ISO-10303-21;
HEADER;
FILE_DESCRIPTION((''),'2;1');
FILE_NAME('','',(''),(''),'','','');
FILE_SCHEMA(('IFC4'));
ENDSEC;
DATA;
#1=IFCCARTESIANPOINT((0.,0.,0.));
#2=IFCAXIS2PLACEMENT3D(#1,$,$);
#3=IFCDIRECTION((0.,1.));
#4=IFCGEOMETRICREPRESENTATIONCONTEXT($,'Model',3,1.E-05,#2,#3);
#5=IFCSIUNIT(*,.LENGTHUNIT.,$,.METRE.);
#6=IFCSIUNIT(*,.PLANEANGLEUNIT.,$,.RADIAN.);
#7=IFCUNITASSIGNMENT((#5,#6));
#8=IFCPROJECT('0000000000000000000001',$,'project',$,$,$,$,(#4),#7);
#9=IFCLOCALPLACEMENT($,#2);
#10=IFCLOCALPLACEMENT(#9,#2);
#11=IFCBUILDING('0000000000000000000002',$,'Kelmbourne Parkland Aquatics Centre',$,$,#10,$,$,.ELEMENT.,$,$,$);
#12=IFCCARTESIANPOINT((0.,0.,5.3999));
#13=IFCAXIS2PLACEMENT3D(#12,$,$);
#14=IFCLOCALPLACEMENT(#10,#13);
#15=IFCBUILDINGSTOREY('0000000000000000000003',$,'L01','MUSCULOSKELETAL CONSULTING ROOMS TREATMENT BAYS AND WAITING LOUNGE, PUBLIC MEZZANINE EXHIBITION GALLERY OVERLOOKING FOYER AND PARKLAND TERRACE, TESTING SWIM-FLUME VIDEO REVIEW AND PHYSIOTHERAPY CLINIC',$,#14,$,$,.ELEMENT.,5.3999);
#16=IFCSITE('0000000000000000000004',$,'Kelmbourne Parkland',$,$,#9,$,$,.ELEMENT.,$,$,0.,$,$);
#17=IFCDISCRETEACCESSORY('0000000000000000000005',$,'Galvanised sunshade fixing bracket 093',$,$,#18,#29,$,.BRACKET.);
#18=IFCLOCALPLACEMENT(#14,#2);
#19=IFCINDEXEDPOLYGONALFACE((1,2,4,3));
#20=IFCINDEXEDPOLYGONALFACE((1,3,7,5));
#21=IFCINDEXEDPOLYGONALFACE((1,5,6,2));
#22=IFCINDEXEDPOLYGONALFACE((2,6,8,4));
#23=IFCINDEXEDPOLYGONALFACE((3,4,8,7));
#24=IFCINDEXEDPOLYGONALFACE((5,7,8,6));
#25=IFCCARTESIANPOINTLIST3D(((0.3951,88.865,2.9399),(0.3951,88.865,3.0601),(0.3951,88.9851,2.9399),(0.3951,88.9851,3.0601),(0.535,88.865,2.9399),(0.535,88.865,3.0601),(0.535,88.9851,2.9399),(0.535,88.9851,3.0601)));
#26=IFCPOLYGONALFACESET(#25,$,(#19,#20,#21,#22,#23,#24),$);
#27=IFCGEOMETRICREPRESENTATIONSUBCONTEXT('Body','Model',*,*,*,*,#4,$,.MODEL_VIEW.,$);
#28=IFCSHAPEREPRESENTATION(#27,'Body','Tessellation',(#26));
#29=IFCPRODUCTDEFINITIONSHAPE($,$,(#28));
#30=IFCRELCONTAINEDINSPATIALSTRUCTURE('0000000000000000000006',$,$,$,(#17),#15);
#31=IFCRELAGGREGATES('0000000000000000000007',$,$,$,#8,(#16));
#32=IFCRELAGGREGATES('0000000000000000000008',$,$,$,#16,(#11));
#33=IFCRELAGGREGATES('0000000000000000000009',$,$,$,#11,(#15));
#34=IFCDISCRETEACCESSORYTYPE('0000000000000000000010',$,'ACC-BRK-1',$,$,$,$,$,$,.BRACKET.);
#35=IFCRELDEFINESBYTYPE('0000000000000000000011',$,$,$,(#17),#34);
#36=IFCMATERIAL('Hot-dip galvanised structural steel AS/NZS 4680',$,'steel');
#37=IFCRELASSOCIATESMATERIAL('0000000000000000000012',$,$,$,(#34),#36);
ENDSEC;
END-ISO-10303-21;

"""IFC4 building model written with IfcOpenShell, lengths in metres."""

from ifc_helpers import new_model, si_unit, direction, frame, origin, origin_2d, place, context, subcontext, project, spatial, rectangle, extrude, material, type_object, element, save


model = new_model("IFC4")

# Units and contexts
model_context = context("Model", 3, precision=1e-05, world=origin(), true_north=direction((0.0, 1.0)))
body_context = subcontext(model_context, "Body", "Model", "MODEL_VIEW")
ifc_project = project(units=[si_unit("LENGTHUNIT", "METRE"), si_unit("PLANEANGLEUNIT", "RADIAN")], contexts=[model_context])

# Site, building, storey
site_placement = place(None, origin())
site = spatial("IfcSite", under=ifc_project, at=site_placement, Name="Kelmbourne Parkland", CompositionType="ELEMENT", RefElevation=0.0)
building_placement = place(site_placement, origin())
building = spatial("IfcBuilding", under=site, at=building_placement, Name="Kelmbourne Parkland Aquatics Centre", CompositionType="ELEMENT")
storey_placement = place(building_placement, frame((0.0, 0.0, 5.3999)))
storey = spatial("IfcBuildingStorey", under=building, at=storey_placement, Name="L01", Description="MUSCULOSKELETAL CONSULTING ROOMS TREATMENT BAYS AND WAITING LOUNGE, PUBLIC MEZZANINE EXHIBITION GALLERY OVERLOOKING FOYER AND PARKLAND TERRACE, TESTING SWIM-FLUME VIDEO REVIEW AND PHYSIOTHERAPY CLINIC", CompositionType="ELEMENT", Elevation=5.3999)

# Discrete accessory
ifc_material_1 = material(Name="Hot-dip galvanised structural steel AS/NZS 4680", Category="steel")
discrete_accessory_type = type_object("IfcDiscreteAccessoryType", Name="ACC-BRK-1", PredefinedType="BRACKET", material=ifc_material_1)
for number, where, z_axis, x_axis, name in (
    (1, (0.4651, 88.925, 2.9399), (0.0, 0.0, 1.0), (0.0, 1.0, 0.0), "Galvanised sunshade fixing bracket 093"),
):
    element("IfcDiscreteAccessory", number, at=place(storey_placement, frame(where, z_axis=z_axis, x_axis=x_axis)), inside=storey, type_object=discrete_accessory_type, Name=name, PredefinedType="BRACKET", context=body_context, shape_type="SweptSolid", body=[
        extrude(rectangle(XDim=0.1201, YDim=0.1399, at=origin_2d()), origin(), (0.0, 0.0, 1.0), 0.1201),
    ])

save(model, "model.ifc")
